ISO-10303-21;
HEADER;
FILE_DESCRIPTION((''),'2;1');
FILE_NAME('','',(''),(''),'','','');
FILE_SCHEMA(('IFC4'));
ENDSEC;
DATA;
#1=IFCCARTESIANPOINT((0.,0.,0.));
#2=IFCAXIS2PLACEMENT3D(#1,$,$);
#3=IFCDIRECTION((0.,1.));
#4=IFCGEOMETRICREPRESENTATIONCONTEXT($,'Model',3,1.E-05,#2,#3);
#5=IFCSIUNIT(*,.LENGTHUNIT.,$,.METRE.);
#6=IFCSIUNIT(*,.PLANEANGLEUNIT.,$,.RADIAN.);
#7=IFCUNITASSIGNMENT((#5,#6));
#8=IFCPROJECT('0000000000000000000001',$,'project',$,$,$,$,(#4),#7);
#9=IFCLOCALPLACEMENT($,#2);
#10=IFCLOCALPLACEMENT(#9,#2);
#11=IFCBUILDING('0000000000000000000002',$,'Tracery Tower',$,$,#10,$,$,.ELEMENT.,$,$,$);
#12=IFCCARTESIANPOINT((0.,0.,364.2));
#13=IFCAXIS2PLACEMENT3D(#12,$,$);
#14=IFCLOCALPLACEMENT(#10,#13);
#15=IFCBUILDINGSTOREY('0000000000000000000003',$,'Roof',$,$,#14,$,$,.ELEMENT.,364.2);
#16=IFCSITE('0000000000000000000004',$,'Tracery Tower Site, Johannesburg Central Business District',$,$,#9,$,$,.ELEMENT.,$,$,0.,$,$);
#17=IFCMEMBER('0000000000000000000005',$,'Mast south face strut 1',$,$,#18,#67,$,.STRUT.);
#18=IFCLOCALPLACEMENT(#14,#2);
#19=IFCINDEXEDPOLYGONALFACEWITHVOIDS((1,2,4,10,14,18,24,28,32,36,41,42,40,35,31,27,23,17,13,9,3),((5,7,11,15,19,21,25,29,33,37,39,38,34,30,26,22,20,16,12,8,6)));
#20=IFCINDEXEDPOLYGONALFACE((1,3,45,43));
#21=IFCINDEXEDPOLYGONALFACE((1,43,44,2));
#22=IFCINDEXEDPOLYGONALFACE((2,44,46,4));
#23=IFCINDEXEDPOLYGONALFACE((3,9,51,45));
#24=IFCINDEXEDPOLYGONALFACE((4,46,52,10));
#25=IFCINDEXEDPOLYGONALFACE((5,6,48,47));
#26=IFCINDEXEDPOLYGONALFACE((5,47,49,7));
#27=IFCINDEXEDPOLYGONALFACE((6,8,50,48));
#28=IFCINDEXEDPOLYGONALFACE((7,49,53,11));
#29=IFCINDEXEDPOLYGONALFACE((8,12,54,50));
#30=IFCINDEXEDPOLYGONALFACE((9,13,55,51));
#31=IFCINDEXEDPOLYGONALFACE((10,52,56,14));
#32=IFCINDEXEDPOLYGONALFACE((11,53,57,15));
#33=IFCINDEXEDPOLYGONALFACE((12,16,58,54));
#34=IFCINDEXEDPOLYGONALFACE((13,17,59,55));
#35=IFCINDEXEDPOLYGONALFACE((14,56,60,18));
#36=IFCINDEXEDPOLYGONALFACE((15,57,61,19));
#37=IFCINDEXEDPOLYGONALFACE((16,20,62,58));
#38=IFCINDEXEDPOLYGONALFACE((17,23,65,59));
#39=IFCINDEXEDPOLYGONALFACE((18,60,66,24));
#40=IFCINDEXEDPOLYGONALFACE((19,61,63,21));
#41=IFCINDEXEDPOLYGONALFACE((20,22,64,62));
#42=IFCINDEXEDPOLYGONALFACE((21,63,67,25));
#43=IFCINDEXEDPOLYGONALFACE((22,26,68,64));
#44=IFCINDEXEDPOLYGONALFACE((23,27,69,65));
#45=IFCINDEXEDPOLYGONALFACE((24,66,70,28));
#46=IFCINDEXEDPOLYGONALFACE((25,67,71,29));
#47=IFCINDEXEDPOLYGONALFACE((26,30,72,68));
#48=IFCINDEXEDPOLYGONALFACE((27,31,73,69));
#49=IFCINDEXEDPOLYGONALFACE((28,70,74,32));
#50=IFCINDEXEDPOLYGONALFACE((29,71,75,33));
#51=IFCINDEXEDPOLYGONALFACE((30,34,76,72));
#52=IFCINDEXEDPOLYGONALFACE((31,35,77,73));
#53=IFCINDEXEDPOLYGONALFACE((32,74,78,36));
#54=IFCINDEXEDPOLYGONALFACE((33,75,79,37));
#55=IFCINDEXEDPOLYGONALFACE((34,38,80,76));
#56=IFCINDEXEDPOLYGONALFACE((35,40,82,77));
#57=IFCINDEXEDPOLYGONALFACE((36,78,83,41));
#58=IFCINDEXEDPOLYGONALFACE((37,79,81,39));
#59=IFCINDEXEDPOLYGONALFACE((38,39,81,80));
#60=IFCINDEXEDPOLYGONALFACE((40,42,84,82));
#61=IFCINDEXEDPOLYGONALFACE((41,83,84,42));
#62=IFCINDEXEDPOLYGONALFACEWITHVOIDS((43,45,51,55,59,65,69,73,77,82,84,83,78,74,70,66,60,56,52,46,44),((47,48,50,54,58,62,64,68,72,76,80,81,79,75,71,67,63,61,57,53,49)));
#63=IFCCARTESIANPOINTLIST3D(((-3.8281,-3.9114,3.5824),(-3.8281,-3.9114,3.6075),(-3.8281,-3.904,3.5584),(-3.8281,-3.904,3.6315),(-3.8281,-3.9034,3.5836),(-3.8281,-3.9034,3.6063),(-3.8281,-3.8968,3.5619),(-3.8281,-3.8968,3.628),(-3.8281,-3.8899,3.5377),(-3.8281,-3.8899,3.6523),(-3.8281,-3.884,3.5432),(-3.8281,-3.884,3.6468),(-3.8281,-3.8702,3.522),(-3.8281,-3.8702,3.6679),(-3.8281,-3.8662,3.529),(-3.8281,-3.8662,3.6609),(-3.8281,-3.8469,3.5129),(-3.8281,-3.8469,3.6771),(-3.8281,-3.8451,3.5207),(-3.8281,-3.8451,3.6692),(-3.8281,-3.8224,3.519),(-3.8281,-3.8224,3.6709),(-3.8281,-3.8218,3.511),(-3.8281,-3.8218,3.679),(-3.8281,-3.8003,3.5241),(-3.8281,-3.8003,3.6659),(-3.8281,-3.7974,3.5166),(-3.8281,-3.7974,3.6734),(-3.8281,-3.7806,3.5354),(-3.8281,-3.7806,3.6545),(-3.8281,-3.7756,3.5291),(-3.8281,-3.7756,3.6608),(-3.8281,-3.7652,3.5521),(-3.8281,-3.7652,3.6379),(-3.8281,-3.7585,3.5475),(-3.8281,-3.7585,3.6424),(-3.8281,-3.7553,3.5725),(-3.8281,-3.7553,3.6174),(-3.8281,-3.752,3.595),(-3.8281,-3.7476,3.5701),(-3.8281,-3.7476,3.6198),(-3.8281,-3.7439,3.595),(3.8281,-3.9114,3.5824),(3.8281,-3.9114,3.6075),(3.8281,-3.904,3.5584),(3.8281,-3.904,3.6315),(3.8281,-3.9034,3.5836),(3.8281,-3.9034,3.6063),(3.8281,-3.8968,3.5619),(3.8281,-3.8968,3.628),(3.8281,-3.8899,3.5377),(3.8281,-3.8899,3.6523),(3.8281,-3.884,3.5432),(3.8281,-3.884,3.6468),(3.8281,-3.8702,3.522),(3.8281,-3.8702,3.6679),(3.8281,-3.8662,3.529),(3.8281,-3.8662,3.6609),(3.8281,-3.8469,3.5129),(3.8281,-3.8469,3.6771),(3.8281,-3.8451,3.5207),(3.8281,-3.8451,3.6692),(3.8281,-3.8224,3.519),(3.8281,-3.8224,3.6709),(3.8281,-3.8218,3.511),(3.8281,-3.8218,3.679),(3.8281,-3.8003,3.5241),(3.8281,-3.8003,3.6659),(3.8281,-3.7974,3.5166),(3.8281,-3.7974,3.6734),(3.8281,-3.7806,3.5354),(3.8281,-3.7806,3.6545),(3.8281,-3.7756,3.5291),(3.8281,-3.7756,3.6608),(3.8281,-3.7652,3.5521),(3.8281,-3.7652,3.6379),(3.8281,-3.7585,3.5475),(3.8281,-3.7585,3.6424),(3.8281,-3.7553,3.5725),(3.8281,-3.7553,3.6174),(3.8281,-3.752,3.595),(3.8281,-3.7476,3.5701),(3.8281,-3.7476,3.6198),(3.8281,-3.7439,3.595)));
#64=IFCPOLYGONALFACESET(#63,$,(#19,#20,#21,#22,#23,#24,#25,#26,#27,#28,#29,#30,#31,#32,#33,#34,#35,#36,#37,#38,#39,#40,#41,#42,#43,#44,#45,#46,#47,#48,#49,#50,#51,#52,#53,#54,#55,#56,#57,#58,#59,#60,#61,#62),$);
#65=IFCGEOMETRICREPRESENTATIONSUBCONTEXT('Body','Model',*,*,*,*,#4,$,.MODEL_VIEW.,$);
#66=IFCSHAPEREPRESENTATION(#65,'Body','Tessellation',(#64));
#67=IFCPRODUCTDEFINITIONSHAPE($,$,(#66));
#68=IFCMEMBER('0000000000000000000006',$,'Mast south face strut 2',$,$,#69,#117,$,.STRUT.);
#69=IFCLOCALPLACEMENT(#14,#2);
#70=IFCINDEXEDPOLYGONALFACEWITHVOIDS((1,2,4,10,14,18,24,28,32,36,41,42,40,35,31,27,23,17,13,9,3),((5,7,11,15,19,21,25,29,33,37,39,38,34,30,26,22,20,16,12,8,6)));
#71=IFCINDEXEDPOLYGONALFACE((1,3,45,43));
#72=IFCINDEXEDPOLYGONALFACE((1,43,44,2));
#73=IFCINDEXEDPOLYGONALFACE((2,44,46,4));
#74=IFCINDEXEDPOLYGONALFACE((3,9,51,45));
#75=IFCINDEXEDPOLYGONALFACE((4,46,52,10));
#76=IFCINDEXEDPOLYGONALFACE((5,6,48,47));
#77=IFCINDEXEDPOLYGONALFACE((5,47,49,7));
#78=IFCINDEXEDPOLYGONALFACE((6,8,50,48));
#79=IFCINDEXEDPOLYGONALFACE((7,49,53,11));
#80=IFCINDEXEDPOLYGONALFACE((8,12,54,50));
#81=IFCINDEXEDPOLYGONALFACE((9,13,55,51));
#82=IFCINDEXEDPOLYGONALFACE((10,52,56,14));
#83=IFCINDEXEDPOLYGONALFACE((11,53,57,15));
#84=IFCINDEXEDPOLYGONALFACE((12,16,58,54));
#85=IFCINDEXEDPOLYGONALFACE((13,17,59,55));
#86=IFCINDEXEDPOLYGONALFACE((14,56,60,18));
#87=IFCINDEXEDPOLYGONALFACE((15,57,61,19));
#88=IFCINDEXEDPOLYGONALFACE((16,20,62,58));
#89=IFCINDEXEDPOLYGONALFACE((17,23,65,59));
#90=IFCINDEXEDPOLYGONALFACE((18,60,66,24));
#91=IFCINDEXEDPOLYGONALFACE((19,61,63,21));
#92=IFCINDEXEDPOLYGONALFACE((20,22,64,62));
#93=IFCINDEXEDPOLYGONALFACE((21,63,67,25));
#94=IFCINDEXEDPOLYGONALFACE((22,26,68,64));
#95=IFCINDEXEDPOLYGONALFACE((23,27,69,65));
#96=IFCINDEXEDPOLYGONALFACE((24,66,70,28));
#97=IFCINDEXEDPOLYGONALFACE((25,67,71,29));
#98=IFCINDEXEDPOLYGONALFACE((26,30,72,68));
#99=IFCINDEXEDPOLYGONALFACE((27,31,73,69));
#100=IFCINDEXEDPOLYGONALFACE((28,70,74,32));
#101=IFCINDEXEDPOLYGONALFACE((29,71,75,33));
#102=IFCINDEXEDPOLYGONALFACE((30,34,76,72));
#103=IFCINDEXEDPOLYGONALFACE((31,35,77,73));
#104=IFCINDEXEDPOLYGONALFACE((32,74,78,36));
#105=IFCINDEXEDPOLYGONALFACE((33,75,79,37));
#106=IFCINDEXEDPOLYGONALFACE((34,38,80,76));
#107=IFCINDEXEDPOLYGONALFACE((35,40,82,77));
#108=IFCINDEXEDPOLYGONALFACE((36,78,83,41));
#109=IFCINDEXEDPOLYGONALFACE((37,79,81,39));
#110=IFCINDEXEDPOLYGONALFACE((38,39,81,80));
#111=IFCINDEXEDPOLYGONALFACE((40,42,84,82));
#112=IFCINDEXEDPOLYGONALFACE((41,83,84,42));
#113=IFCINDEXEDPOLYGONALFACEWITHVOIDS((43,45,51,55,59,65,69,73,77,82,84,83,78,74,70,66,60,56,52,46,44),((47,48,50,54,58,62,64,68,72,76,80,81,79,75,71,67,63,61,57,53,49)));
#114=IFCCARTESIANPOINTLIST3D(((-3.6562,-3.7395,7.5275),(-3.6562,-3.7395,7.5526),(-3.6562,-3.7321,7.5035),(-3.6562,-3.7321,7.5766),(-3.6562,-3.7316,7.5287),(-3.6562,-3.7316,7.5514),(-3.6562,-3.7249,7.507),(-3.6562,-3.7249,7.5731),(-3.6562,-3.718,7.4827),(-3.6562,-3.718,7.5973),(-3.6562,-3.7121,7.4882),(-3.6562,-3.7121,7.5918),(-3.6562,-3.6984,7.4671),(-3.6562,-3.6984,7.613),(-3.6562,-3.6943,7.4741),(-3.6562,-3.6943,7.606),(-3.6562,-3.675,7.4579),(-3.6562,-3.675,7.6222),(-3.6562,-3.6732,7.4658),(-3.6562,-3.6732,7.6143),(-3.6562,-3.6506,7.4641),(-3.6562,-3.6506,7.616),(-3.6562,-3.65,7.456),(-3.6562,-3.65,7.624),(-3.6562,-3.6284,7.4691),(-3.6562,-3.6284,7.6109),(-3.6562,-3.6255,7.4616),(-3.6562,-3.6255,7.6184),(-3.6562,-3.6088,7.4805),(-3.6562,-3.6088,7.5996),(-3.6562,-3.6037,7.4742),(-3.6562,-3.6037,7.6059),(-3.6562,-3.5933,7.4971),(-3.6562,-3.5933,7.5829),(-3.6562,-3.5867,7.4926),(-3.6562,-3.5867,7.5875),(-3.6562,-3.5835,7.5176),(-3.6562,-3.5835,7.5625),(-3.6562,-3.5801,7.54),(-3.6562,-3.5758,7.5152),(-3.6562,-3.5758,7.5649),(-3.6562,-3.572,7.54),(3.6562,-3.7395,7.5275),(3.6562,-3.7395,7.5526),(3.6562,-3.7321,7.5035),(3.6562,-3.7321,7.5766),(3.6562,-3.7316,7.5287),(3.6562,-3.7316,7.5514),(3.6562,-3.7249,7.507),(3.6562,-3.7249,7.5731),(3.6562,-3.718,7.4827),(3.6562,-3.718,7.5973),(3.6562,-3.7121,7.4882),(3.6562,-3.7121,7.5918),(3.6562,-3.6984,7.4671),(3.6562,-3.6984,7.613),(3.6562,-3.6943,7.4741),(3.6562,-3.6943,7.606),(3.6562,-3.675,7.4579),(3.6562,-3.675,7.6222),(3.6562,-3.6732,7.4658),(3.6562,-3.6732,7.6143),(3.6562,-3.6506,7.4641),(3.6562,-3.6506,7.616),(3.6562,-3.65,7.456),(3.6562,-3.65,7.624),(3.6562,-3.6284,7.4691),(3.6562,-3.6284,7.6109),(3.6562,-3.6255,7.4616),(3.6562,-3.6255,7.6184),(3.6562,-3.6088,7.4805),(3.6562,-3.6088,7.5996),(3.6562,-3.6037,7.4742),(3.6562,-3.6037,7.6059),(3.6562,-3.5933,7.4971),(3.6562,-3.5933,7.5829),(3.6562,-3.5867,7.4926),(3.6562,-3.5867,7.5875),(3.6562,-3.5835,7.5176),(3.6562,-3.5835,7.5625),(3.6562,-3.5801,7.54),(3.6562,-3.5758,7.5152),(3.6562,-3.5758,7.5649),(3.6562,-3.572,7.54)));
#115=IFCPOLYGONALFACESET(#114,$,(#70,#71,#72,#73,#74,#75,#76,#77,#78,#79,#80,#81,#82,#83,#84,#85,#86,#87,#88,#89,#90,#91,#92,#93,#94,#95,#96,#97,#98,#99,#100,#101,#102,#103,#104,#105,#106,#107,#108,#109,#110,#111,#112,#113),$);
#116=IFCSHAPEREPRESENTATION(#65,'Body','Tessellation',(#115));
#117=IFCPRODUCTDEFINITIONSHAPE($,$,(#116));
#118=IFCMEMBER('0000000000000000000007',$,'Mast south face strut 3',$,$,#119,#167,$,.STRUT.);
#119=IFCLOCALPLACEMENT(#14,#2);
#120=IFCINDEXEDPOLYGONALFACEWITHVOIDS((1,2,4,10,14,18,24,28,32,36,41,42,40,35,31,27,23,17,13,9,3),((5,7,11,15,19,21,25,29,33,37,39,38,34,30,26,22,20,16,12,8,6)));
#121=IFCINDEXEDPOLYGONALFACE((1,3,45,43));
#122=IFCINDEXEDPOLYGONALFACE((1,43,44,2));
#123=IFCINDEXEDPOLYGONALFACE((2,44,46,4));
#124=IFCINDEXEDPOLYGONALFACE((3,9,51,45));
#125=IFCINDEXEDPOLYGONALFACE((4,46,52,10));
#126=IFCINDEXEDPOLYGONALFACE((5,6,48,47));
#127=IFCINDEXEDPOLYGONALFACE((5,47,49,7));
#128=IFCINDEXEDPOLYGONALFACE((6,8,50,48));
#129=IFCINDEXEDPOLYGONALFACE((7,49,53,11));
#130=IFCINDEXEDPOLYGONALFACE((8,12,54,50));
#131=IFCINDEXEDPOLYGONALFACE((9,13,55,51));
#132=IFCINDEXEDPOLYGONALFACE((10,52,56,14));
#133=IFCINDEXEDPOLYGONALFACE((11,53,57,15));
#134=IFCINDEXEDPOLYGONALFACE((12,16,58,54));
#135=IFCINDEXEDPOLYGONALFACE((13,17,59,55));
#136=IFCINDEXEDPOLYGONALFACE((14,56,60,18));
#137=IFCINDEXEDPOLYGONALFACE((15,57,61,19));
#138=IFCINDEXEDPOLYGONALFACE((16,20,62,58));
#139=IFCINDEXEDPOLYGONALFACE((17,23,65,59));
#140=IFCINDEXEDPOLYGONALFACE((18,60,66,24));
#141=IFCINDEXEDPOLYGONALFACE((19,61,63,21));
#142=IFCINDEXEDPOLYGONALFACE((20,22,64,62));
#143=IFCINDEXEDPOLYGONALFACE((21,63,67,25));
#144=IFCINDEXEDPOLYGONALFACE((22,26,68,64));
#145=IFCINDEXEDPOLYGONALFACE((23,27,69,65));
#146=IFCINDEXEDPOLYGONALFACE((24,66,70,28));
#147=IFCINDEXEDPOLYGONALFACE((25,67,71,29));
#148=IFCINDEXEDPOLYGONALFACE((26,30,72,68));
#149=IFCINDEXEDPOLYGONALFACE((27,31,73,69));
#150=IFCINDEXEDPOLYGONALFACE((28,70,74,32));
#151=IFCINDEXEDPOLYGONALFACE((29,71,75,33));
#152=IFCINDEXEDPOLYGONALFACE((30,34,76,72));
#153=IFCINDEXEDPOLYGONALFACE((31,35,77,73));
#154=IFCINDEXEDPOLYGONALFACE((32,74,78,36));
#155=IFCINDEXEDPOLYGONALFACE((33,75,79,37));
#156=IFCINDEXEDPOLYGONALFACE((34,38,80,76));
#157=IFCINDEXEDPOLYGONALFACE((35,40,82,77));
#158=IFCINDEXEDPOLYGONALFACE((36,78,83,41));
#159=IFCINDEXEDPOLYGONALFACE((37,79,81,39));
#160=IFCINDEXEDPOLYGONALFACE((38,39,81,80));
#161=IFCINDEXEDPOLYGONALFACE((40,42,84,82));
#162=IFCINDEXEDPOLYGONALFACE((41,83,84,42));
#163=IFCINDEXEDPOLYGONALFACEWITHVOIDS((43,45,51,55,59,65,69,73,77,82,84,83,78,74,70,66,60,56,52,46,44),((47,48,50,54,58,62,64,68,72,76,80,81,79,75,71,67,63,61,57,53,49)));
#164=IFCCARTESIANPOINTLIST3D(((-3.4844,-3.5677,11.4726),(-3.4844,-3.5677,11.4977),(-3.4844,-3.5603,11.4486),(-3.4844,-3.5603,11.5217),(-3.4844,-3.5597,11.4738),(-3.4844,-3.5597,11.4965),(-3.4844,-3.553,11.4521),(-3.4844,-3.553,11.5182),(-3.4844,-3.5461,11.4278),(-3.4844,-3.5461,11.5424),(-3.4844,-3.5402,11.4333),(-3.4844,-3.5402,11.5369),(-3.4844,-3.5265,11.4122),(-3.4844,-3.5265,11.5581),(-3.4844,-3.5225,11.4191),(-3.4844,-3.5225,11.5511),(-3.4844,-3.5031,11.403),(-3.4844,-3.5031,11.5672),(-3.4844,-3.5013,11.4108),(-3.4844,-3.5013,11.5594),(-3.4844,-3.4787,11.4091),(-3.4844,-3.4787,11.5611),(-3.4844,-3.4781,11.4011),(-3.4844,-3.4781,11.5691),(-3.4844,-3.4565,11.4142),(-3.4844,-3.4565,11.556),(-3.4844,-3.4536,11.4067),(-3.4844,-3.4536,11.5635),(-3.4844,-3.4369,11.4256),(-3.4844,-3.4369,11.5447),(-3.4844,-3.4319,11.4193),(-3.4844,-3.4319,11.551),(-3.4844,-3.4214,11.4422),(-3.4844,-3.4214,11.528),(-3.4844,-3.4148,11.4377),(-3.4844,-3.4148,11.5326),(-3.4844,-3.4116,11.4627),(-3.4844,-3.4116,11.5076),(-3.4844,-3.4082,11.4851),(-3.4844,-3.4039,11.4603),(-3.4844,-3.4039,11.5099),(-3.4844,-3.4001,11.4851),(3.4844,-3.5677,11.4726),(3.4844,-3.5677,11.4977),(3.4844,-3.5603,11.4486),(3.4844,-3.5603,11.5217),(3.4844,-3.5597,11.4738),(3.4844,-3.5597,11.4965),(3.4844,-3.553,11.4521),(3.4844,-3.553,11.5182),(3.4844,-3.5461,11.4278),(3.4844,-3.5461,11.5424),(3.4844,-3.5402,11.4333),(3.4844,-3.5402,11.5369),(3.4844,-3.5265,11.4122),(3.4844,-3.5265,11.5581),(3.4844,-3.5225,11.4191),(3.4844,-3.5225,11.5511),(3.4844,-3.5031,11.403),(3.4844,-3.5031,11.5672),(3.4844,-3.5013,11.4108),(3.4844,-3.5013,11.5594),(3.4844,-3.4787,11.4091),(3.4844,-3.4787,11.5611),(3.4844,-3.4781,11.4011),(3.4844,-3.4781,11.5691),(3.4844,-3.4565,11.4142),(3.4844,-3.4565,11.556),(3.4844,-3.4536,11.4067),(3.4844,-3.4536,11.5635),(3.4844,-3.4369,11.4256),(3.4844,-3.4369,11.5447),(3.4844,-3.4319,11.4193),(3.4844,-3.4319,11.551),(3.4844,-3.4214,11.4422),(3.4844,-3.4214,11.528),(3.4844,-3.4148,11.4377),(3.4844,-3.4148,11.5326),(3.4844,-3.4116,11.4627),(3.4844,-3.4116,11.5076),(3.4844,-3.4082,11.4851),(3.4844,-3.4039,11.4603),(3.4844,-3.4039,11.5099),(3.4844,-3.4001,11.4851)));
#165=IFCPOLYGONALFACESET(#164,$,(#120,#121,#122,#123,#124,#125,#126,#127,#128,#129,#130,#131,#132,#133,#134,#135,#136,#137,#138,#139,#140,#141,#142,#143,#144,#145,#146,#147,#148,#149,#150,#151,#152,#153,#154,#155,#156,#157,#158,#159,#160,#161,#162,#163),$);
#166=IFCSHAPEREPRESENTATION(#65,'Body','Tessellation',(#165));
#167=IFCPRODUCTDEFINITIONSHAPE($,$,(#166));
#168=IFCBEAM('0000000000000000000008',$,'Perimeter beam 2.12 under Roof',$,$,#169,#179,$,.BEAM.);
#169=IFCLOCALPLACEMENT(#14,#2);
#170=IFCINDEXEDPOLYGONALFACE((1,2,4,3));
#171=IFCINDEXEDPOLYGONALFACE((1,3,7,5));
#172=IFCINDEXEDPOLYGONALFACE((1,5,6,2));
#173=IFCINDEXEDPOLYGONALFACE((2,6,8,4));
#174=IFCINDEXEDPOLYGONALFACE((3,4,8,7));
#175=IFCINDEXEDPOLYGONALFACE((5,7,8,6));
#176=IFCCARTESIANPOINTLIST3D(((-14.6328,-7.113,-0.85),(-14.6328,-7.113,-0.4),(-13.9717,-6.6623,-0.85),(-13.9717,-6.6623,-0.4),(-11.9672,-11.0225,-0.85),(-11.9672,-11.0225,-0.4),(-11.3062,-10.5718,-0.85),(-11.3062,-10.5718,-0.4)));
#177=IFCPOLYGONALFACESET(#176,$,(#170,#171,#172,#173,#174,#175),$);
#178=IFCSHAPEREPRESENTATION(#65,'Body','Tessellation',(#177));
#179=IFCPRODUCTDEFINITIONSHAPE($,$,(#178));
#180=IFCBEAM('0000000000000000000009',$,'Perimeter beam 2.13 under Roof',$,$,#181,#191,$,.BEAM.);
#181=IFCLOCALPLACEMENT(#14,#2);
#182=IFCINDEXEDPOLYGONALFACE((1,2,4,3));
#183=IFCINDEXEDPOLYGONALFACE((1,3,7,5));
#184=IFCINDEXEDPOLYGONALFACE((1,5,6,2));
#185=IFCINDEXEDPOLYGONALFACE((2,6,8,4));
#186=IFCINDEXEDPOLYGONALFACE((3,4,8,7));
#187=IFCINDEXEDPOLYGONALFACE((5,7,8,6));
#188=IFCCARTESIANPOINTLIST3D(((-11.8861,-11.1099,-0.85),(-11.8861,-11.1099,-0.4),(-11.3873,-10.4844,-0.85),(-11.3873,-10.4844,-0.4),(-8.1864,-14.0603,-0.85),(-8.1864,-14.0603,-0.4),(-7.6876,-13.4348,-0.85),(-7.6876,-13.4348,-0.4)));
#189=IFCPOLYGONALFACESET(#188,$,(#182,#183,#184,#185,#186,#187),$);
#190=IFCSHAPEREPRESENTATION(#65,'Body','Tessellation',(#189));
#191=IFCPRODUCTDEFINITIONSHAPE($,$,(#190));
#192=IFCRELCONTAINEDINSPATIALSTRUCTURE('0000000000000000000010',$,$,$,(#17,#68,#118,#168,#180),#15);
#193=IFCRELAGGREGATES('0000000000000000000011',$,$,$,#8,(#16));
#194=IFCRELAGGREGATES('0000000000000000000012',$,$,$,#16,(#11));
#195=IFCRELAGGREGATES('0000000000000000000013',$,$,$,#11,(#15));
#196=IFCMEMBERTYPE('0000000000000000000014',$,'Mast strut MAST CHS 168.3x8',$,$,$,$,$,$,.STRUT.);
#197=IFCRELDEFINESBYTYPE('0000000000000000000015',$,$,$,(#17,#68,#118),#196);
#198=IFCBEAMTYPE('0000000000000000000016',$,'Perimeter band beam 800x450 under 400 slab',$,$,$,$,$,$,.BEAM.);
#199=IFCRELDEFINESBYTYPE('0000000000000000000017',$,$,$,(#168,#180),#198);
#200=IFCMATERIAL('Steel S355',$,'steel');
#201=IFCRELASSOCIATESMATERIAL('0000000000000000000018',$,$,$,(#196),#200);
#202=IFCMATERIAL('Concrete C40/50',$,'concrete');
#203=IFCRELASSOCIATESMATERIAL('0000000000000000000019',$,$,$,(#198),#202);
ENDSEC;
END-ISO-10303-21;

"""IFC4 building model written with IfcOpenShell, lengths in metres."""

from ifc_helpers import new_model, si_unit, direction, frame, origin, origin_2d, place, context, subcontext, project, spatial, rectangle, hollow_circle, extrude, material, material_profile, profile_set, type_object, element, save


model = new_model("IFC4")

# Units and contexts
model_context = context("Model", 3, precision=1e-05, world=origin(), true_north=direction((0.0, 1.0)))
body_context = subcontext(model_context, "Body", "Model", "MODEL_VIEW")
ifc_project = project(units=[si_unit("LENGTHUNIT", "METRE"), si_unit("PLANEANGLEUNIT", "RADIAN")], contexts=[model_context])

# Site, building, storey
site_placement = place(None, origin())
site = spatial("IfcSite", under=ifc_project, at=site_placement, Name="Tracery Tower Site, Johannesburg Central Business District", CompositionType="ELEMENT", RefElevation=0.0)
building_placement = place(site_placement, origin())
building = spatial("IfcBuilding", under=site, at=building_placement, Name="Tracery Tower", CompositionType="ELEMENT")
storey_placement = place(building_placement, frame((0.0, 0.0, 364.2)))
storey = spatial("IfcBuildingStorey", under=building, at=storey_placement, Name="Roof", CompositionType="ELEMENT", Elevation=364.2)

# Members
ifc_material_1 = material(Name="Steel S355", Category="steel")
ifc_material_profile_1 = material_profile(ifc_material_1, hollow_circle(Radius=0.0842, WallThickness=0.0081, at=origin_2d()), Name="CHS 168.3x8")
ifc_profile_set_1 = profile_set([ifc_material_profile_1], Name="Steel S355")
member_type_1 = type_object("IfcMemberType", Name="Mast strut MAST CHS 168.3x8", PredefinedType="STRUT", material=ifc_profile_set_1)
member_1_placement = place(storey_placement, frame((-3.8281, -3.8281, 3.595), z_axis=(1.0, 0.0, 0.0), x_axis=(0.0, 1.0, 0.0)))
element("IfcMember", 1, at=member_1_placement, inside=storey, type_object=member_type_1, Name="Mast south face strut 1", PredefinedType="STRUT", context=body_context, shape_type="SweptSolid", body=[
    extrude(hollow_circle(Radius=0.0842, WallThickness=0.0081, at=origin_2d()), origin(), (0.0, 0.0, 1.0), 7.6562),
])
member_2_placement = place(storey_placement, frame((-3.6562, -3.6562, 7.54), z_axis=(1.0, 0.0, 0.0), x_axis=(0.0, 1.0, 0.0)))
element("IfcMember", 2, at=member_2_placement, inside=storey, type_object=member_type_1, Name="Mast south face strut 2", PredefinedType="STRUT", context=body_context, shape_type="SweptSolid", body=[
    extrude(hollow_circle(Radius=0.0842, WallThickness=0.0081, at=origin_2d()), origin(), (0.0, 0.0, 1.0), 7.3125),
])
member_3_placement = place(storey_placement, frame((-3.4844, -3.4844, 11.4851), z_axis=(1.0, 0.0, 0.0), x_axis=(0.0, 1.0, 0.0)))
element("IfcMember", 3, at=member_3_placement, inside=storey, type_object=member_type_1, Name="Mast south face strut 3", PredefinedType="STRUT", context=body_context, shape_type="SweptSolid", body=[
    extrude(hollow_circle(Radius=0.0842, WallThickness=0.0081, at=origin_2d()), origin(), (0.0, 0.0, 1.0), 6.9688),
])

# Beams
ifc_material_2 = material(Name="Concrete C40/50", Category="concrete")
ifc_material_profile_2 = material_profile(ifc_material_2, rectangle(XDim=0.8, YDim=0.45, at=origin_2d()), Name="RC 800x450")
ifc_profile_set_2 = profile_set([ifc_material_profile_2], Name="Concrete C40/50")
beam_type_1 = type_object("IfcBeamType", Name="Perimeter band beam 800x450 under 400 slab", PredefinedType="BEAM", material=ifc_profile_set_2)
beam_1_placement = place(storey_placement, frame((-14.3022, -6.8877, -0.625), z_axis=(0.563338, -0.826226, 0.0), x_axis=(0.826226, 0.563338, 0.0)))
element("IfcBeam", 4, at=beam_1_placement, inside=storey, type_object=beam_type_1, Name="Perimeter beam 2.12 under Roof", PredefinedType="BEAM", context=body_context, shape_type="SweptSolid", body=[
    extrude(rectangle(XDim=0.8, YDim=0.45, at=origin_2d()), origin(), (0.0, 0.0, 1.0), 4.7317),
])
beam_2_placement = place(storey_placement, frame((-11.6367, -10.7971, -0.625), z_axis=(0.781829, -0.623493, 0.0), x_axis=(0.623493, 0.781829, 0.0)))
element("IfcBeam", 5, at=beam_2_placement, inside=storey, type_object=beam_type_1, Name="Perimeter beam 2.13 under Roof", PredefinedType="BEAM", context=body_context, shape_type="SweptSolid", body=[
    extrude(rectangle(XDim=0.8, YDim=0.45, at=origin_2d()), origin(), (0.0, 0.0, 1.0), 4.7322),
])

save(model, "model.ifc")
